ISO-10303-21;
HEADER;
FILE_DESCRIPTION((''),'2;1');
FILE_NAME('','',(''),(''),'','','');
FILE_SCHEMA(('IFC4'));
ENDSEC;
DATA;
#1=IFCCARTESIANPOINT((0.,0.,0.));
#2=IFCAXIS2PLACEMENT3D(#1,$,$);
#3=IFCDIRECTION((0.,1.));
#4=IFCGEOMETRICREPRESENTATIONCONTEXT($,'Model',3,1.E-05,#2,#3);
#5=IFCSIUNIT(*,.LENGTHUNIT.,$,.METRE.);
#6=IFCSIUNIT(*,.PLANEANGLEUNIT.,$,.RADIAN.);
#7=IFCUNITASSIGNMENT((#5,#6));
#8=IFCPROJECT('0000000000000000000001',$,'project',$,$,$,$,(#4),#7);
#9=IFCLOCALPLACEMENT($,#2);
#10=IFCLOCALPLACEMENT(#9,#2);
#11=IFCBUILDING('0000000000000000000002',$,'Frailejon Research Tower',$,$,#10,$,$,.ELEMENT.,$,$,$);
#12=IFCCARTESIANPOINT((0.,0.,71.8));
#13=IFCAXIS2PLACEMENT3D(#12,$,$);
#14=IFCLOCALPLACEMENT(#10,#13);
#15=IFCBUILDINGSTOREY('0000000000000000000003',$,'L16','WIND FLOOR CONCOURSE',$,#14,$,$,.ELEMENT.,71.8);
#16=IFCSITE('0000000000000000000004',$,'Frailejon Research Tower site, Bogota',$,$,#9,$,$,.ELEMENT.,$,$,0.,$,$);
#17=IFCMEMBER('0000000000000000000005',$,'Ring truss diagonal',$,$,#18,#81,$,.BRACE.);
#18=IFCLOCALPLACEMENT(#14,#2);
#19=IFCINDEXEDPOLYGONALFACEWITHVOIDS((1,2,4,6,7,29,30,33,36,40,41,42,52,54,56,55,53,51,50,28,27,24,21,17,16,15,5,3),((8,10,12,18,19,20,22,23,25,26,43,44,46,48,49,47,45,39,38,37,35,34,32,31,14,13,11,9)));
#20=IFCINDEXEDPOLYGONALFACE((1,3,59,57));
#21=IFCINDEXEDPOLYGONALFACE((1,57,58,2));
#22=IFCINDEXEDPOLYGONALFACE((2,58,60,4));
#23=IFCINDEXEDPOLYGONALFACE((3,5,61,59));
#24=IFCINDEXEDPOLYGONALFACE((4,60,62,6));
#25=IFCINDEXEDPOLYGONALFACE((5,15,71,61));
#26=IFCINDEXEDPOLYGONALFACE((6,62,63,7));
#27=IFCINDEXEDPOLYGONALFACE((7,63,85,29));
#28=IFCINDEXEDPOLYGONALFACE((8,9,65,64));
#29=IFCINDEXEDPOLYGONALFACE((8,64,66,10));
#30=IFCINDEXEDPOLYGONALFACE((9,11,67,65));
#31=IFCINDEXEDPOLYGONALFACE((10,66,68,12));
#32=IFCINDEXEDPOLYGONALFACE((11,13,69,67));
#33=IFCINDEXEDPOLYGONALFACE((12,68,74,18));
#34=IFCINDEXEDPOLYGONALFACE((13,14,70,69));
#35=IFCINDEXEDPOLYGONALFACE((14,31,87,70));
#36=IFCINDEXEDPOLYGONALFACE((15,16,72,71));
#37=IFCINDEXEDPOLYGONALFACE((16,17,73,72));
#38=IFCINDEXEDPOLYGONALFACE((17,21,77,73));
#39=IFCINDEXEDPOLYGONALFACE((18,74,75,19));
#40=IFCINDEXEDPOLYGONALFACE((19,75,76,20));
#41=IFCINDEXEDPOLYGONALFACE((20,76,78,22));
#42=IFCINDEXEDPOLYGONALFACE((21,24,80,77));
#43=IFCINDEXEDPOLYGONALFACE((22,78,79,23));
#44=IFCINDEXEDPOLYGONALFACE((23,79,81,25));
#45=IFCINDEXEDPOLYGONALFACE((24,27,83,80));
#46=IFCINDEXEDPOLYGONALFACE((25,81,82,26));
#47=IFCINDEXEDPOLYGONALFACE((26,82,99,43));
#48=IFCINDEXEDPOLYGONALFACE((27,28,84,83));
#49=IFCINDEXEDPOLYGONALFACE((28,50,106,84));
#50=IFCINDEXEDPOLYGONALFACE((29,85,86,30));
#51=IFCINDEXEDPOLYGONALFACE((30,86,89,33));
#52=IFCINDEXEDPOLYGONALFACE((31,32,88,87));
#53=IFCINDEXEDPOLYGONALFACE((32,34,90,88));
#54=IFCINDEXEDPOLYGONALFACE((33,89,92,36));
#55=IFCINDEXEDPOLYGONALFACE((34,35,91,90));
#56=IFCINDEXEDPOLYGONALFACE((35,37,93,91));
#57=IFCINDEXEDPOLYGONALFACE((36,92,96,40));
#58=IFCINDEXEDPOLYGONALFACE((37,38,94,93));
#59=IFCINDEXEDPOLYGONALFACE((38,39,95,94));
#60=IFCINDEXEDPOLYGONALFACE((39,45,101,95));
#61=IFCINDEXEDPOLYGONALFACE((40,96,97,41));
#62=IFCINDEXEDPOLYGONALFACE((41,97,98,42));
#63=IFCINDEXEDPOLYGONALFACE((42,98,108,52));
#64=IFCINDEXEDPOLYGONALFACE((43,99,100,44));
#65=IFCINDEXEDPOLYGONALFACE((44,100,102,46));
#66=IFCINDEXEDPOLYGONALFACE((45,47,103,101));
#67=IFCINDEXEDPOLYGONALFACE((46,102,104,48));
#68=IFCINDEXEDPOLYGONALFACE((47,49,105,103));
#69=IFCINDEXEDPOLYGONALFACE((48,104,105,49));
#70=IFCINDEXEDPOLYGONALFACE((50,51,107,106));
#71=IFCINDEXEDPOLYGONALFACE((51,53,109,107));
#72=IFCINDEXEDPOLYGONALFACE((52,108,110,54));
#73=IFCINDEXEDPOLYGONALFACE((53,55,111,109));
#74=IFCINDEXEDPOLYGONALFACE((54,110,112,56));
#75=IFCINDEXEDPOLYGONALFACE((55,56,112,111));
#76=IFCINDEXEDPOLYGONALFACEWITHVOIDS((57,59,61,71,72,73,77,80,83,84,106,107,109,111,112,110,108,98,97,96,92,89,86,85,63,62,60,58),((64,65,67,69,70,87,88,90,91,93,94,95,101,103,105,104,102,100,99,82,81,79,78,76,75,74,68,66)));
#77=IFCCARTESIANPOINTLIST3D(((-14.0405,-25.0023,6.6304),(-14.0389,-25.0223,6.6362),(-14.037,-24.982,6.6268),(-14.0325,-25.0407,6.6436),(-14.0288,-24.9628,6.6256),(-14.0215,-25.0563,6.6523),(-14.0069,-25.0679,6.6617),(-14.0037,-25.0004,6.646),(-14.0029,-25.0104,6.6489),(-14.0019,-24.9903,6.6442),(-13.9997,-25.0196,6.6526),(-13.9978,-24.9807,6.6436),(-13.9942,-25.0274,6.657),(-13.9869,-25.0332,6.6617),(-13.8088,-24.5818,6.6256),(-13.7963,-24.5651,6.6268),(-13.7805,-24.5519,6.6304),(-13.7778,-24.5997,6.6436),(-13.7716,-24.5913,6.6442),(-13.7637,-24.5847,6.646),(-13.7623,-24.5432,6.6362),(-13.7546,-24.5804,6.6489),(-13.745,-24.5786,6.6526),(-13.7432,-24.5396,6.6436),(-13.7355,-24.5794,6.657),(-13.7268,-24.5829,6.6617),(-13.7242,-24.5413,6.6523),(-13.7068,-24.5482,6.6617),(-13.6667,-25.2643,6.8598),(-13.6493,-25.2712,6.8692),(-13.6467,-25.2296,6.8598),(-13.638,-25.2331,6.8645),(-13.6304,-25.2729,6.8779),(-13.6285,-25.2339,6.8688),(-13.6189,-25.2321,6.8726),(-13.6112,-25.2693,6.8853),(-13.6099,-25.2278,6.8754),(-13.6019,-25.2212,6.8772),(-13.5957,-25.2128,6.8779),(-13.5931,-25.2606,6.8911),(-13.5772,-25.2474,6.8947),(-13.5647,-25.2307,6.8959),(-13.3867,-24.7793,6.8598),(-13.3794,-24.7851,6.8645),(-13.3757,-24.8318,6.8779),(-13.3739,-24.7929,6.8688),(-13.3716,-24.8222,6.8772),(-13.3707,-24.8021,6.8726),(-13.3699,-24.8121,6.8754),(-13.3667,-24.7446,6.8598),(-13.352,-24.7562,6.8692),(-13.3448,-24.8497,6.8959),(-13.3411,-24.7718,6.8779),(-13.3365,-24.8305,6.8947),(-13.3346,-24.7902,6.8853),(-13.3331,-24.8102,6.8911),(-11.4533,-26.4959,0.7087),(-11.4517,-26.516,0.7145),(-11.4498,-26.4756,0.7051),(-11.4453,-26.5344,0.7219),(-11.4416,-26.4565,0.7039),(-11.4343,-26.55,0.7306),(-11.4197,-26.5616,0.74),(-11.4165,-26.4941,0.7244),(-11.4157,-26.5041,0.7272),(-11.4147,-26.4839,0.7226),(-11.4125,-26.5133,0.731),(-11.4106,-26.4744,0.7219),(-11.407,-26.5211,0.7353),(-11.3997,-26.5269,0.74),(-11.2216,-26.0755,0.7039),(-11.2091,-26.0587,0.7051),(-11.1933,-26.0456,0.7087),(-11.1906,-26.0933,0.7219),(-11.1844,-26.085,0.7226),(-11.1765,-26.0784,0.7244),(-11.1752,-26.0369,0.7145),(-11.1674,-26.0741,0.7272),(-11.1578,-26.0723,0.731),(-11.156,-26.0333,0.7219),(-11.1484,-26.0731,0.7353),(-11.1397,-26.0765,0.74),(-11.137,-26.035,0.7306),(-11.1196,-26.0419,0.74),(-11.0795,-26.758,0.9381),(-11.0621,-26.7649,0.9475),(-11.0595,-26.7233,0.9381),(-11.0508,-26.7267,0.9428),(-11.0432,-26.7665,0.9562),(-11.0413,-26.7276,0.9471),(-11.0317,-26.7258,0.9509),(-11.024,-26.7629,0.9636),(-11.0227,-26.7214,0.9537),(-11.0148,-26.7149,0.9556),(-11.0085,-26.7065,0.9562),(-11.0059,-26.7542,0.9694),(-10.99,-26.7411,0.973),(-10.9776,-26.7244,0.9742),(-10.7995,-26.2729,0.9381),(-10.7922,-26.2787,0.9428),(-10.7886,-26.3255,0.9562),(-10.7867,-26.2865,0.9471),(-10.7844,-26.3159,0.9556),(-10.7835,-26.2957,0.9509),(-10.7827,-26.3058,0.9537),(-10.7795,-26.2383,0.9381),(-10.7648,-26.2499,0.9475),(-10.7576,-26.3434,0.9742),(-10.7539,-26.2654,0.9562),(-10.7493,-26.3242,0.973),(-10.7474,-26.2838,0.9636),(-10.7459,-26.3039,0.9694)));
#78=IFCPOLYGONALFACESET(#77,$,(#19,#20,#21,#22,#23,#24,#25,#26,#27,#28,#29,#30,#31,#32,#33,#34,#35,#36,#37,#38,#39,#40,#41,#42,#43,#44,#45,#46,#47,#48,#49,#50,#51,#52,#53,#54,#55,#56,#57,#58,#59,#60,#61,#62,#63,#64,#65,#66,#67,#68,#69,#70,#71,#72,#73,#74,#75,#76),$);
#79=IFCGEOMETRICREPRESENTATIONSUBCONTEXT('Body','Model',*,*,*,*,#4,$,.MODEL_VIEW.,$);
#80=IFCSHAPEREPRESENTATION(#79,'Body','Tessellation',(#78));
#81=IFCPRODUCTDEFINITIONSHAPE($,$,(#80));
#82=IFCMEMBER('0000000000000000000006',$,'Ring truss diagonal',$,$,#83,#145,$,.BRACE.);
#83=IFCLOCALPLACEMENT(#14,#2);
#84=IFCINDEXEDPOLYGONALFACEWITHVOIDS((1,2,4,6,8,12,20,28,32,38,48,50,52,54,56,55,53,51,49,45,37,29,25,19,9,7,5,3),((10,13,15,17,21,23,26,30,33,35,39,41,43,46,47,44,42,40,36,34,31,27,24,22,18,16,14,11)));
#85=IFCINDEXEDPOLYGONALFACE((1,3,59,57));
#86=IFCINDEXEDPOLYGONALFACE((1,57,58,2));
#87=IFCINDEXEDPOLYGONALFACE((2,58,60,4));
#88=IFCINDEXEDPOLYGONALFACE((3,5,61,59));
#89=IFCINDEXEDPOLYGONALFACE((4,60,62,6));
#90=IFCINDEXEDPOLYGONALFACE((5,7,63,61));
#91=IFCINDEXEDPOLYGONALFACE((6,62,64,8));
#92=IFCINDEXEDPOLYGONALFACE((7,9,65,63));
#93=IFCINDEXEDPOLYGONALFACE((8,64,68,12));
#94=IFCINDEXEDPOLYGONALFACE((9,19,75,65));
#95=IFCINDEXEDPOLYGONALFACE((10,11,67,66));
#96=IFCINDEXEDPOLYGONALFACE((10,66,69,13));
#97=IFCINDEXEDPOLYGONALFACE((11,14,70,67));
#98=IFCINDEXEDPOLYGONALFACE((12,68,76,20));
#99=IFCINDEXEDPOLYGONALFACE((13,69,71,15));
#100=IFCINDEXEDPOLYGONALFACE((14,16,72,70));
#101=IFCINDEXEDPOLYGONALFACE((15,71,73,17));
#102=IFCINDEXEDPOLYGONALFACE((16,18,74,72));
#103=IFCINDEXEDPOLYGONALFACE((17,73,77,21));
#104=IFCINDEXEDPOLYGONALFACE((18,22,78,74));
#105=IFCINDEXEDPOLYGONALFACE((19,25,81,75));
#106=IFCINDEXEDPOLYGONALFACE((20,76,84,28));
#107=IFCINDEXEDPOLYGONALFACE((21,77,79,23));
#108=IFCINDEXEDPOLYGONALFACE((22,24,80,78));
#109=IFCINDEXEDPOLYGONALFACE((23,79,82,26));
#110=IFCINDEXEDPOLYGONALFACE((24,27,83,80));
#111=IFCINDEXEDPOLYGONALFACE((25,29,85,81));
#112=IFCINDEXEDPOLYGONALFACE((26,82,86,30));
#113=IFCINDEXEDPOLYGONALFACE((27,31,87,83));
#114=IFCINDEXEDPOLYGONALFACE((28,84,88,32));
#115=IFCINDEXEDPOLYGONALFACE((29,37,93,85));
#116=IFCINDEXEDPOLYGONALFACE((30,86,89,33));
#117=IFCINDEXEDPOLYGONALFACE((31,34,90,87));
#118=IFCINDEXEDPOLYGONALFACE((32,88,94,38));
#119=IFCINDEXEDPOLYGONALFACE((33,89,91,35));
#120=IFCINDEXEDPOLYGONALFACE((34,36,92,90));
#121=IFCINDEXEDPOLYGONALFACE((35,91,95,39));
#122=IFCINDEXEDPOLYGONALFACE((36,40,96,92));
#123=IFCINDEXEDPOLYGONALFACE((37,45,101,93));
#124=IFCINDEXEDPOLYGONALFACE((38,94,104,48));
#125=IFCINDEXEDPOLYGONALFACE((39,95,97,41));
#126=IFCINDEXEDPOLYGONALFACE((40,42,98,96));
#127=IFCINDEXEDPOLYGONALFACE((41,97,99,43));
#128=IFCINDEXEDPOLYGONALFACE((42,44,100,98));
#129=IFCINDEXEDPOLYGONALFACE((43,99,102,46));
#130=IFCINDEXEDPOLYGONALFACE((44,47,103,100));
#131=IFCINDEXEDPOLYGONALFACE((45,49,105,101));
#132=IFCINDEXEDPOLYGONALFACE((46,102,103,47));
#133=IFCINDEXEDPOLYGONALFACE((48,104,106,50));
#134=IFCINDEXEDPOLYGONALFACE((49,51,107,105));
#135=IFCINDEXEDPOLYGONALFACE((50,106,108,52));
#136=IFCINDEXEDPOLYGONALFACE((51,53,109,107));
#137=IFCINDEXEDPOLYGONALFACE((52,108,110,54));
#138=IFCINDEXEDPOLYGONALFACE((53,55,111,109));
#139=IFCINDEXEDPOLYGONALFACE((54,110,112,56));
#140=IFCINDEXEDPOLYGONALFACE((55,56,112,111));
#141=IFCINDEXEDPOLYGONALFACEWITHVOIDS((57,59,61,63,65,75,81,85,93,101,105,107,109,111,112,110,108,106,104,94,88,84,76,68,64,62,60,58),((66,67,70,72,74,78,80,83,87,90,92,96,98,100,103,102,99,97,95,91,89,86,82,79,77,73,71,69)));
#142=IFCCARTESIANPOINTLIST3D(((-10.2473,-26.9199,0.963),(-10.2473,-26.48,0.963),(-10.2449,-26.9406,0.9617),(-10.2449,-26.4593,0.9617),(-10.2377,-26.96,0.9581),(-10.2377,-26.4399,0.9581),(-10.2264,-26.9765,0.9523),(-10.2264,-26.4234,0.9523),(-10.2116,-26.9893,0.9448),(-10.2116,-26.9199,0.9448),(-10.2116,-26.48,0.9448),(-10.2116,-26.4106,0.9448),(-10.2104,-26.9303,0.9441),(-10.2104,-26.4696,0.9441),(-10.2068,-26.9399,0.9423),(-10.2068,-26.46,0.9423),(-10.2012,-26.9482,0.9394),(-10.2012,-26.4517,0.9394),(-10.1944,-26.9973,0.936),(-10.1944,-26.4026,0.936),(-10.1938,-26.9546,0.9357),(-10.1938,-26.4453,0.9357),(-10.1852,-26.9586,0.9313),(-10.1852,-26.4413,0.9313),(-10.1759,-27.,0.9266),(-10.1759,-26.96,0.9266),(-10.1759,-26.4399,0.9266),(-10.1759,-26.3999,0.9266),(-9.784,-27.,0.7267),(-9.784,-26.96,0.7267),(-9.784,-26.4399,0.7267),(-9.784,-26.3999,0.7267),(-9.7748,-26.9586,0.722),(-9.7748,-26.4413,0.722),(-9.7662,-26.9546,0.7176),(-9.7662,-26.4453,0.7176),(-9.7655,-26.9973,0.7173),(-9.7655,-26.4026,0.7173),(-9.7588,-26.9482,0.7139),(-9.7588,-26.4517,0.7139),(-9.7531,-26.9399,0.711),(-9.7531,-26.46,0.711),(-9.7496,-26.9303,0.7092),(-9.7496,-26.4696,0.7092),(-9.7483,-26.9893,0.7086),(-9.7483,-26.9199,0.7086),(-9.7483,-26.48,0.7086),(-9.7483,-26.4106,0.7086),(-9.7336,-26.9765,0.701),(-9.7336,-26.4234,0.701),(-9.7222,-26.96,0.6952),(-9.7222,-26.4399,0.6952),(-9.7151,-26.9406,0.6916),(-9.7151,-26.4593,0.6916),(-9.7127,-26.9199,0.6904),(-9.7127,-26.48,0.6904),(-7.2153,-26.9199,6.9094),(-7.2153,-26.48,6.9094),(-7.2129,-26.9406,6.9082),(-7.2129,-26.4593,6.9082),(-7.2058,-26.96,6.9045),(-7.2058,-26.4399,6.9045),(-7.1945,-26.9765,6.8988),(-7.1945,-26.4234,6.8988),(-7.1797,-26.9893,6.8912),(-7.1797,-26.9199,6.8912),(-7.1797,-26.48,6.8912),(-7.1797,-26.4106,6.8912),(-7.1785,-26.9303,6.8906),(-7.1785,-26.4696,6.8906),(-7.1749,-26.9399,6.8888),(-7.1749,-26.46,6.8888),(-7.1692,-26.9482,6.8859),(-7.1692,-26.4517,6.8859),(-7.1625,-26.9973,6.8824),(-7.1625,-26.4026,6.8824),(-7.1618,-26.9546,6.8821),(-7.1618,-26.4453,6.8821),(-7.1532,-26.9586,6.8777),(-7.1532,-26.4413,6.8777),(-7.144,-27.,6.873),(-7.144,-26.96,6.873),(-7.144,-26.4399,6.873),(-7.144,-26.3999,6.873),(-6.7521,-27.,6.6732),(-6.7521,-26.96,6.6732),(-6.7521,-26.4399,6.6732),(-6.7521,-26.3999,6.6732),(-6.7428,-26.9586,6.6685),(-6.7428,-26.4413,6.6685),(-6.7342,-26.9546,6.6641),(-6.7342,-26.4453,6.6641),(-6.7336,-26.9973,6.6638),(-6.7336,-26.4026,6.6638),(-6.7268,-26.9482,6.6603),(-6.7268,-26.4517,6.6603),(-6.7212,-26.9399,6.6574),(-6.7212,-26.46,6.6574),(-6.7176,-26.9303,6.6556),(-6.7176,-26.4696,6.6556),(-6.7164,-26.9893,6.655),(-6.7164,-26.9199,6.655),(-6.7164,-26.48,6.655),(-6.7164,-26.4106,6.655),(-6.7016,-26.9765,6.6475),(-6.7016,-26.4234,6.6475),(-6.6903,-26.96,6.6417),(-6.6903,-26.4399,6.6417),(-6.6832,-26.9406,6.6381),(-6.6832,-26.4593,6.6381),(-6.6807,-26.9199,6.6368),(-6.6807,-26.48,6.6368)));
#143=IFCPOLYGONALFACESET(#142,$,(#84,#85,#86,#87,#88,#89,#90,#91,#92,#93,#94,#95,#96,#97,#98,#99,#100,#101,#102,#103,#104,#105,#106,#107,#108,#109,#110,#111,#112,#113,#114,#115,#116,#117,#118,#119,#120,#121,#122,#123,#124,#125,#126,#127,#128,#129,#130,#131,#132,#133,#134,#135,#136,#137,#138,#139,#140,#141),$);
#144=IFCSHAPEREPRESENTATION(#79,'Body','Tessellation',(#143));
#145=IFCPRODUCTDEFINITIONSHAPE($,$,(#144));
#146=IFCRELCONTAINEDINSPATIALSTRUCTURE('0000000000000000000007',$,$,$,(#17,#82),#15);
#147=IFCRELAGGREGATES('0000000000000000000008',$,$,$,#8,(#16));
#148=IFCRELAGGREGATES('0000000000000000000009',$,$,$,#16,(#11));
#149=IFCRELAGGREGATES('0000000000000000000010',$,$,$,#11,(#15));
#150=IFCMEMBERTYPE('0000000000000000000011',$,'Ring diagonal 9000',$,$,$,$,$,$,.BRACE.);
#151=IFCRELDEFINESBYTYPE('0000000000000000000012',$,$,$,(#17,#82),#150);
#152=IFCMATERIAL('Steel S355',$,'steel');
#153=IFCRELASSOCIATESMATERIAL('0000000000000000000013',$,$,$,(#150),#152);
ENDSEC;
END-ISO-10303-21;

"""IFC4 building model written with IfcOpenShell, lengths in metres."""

from ifc_helpers import new_model, si_unit, direction, frame, origin, origin_2d, place, context, subcontext, project, spatial, hollow_rectangle, extrude, material, material_profile, profile_set, type_object, element, save


model = new_model("IFC4")

# Units and contexts
model_context = context("Model", 3, precision=1e-05, world=origin(), true_north=direction((0.0, 1.0)))
body_context = subcontext(model_context, "Body", "Model", "MODEL_VIEW")
ifc_project = project(units=[si_unit("LENGTHUNIT", "METRE"), si_unit("PLANEANGLEUNIT", "RADIAN")], contexts=[model_context])

# Site, building, storey
site_placement = place(None, origin())
site = spatial("IfcSite", under=ifc_project, at=site_placement, Name="Frailejon Research Tower site, Bogota", CompositionType="ELEMENT", RefElevation=0.0)
building_placement = place(site_placement, origin())
building = spatial("IfcBuilding", under=site, at=building_placement, Name="Frailejon Research Tower", CompositionType="ELEMENT")
storey_placement = place(building_placement, frame((0.0, 0.0, 71.8)))
storey = spatial("IfcBuildingStorey", under=building, at=storey_placement, Name="L16", Description="WIND FLOOR CONCOURSE", CompositionType="ELEMENT", Elevation=71.8)

# Members
ifc_material_1 = material(Name="Steel S355", Category="steel")
ifc_material_profile_1 = material_profile(ifc_material_1, hollow_rectangle(XDim=0.6001, YDim=0.6001, WallThickness=0.04, InnerFilletRadius=0.04, OuterFilletRadius=0.0801, at=origin_2d()), Name="Ring diagonal 9000")
ifc_profile_set_1 = profile_set([ifc_material_profile_1], Name="Steel S355")
member_type = type_object("IfcMemberType", Name="Ring diagonal 9000", PredefinedType="BRACE", material=ifc_profile_set_1)
member_1_placement = place(storey_placement, frame((-13.6868, -24.9062, 6.7607), z_axis=(0.390073, -0.225202, -0.89282), x_axis=(0.499989, 0.866032, 0.0)))
element("IfcMember", 1, at=member_1_placement, inside=storey, type_object=member_type, Name="Ring truss diagonal", PredefinedType="BRACE", context=body_context, shape_type="SweptSolid", body=[
    extrude(hollow_rectangle(XDim=0.6001, YDim=0.6001, WallThickness=0.04, InnerFilletRadius=0.04, OuterFilletRadius=0.0801, at=origin_2d()), origin(), (0.0, 0.0, 1.0), 6.6326),
])
for number, where, z_axis, x_axis, name in (
    (2, (-9.98, -26.7, 0.8267), (0.454237, 0.0, 0.890881), (0.0, 1.0, 0.0), "Ring truss diagonal"),
):
    element("IfcMember", number, at=place(storey_placement, frame(where, z_axis=z_axis, x_axis=x_axis)), inside=storey, type_object=member_type, Name=name, PredefinedType="BRACE", context=body_context, shape_type="SweptSolid", body=[
        extrude(hollow_rectangle(XDim=0.6001, YDim=0.6001, WallThickness=0.04, InnerFilletRadius=0.04, OuterFilletRadius=0.0801, at=origin_2d()), origin(), (0.0, 0.0, 1.0), 6.6748),
    ])

save(model, "model.ifc")
